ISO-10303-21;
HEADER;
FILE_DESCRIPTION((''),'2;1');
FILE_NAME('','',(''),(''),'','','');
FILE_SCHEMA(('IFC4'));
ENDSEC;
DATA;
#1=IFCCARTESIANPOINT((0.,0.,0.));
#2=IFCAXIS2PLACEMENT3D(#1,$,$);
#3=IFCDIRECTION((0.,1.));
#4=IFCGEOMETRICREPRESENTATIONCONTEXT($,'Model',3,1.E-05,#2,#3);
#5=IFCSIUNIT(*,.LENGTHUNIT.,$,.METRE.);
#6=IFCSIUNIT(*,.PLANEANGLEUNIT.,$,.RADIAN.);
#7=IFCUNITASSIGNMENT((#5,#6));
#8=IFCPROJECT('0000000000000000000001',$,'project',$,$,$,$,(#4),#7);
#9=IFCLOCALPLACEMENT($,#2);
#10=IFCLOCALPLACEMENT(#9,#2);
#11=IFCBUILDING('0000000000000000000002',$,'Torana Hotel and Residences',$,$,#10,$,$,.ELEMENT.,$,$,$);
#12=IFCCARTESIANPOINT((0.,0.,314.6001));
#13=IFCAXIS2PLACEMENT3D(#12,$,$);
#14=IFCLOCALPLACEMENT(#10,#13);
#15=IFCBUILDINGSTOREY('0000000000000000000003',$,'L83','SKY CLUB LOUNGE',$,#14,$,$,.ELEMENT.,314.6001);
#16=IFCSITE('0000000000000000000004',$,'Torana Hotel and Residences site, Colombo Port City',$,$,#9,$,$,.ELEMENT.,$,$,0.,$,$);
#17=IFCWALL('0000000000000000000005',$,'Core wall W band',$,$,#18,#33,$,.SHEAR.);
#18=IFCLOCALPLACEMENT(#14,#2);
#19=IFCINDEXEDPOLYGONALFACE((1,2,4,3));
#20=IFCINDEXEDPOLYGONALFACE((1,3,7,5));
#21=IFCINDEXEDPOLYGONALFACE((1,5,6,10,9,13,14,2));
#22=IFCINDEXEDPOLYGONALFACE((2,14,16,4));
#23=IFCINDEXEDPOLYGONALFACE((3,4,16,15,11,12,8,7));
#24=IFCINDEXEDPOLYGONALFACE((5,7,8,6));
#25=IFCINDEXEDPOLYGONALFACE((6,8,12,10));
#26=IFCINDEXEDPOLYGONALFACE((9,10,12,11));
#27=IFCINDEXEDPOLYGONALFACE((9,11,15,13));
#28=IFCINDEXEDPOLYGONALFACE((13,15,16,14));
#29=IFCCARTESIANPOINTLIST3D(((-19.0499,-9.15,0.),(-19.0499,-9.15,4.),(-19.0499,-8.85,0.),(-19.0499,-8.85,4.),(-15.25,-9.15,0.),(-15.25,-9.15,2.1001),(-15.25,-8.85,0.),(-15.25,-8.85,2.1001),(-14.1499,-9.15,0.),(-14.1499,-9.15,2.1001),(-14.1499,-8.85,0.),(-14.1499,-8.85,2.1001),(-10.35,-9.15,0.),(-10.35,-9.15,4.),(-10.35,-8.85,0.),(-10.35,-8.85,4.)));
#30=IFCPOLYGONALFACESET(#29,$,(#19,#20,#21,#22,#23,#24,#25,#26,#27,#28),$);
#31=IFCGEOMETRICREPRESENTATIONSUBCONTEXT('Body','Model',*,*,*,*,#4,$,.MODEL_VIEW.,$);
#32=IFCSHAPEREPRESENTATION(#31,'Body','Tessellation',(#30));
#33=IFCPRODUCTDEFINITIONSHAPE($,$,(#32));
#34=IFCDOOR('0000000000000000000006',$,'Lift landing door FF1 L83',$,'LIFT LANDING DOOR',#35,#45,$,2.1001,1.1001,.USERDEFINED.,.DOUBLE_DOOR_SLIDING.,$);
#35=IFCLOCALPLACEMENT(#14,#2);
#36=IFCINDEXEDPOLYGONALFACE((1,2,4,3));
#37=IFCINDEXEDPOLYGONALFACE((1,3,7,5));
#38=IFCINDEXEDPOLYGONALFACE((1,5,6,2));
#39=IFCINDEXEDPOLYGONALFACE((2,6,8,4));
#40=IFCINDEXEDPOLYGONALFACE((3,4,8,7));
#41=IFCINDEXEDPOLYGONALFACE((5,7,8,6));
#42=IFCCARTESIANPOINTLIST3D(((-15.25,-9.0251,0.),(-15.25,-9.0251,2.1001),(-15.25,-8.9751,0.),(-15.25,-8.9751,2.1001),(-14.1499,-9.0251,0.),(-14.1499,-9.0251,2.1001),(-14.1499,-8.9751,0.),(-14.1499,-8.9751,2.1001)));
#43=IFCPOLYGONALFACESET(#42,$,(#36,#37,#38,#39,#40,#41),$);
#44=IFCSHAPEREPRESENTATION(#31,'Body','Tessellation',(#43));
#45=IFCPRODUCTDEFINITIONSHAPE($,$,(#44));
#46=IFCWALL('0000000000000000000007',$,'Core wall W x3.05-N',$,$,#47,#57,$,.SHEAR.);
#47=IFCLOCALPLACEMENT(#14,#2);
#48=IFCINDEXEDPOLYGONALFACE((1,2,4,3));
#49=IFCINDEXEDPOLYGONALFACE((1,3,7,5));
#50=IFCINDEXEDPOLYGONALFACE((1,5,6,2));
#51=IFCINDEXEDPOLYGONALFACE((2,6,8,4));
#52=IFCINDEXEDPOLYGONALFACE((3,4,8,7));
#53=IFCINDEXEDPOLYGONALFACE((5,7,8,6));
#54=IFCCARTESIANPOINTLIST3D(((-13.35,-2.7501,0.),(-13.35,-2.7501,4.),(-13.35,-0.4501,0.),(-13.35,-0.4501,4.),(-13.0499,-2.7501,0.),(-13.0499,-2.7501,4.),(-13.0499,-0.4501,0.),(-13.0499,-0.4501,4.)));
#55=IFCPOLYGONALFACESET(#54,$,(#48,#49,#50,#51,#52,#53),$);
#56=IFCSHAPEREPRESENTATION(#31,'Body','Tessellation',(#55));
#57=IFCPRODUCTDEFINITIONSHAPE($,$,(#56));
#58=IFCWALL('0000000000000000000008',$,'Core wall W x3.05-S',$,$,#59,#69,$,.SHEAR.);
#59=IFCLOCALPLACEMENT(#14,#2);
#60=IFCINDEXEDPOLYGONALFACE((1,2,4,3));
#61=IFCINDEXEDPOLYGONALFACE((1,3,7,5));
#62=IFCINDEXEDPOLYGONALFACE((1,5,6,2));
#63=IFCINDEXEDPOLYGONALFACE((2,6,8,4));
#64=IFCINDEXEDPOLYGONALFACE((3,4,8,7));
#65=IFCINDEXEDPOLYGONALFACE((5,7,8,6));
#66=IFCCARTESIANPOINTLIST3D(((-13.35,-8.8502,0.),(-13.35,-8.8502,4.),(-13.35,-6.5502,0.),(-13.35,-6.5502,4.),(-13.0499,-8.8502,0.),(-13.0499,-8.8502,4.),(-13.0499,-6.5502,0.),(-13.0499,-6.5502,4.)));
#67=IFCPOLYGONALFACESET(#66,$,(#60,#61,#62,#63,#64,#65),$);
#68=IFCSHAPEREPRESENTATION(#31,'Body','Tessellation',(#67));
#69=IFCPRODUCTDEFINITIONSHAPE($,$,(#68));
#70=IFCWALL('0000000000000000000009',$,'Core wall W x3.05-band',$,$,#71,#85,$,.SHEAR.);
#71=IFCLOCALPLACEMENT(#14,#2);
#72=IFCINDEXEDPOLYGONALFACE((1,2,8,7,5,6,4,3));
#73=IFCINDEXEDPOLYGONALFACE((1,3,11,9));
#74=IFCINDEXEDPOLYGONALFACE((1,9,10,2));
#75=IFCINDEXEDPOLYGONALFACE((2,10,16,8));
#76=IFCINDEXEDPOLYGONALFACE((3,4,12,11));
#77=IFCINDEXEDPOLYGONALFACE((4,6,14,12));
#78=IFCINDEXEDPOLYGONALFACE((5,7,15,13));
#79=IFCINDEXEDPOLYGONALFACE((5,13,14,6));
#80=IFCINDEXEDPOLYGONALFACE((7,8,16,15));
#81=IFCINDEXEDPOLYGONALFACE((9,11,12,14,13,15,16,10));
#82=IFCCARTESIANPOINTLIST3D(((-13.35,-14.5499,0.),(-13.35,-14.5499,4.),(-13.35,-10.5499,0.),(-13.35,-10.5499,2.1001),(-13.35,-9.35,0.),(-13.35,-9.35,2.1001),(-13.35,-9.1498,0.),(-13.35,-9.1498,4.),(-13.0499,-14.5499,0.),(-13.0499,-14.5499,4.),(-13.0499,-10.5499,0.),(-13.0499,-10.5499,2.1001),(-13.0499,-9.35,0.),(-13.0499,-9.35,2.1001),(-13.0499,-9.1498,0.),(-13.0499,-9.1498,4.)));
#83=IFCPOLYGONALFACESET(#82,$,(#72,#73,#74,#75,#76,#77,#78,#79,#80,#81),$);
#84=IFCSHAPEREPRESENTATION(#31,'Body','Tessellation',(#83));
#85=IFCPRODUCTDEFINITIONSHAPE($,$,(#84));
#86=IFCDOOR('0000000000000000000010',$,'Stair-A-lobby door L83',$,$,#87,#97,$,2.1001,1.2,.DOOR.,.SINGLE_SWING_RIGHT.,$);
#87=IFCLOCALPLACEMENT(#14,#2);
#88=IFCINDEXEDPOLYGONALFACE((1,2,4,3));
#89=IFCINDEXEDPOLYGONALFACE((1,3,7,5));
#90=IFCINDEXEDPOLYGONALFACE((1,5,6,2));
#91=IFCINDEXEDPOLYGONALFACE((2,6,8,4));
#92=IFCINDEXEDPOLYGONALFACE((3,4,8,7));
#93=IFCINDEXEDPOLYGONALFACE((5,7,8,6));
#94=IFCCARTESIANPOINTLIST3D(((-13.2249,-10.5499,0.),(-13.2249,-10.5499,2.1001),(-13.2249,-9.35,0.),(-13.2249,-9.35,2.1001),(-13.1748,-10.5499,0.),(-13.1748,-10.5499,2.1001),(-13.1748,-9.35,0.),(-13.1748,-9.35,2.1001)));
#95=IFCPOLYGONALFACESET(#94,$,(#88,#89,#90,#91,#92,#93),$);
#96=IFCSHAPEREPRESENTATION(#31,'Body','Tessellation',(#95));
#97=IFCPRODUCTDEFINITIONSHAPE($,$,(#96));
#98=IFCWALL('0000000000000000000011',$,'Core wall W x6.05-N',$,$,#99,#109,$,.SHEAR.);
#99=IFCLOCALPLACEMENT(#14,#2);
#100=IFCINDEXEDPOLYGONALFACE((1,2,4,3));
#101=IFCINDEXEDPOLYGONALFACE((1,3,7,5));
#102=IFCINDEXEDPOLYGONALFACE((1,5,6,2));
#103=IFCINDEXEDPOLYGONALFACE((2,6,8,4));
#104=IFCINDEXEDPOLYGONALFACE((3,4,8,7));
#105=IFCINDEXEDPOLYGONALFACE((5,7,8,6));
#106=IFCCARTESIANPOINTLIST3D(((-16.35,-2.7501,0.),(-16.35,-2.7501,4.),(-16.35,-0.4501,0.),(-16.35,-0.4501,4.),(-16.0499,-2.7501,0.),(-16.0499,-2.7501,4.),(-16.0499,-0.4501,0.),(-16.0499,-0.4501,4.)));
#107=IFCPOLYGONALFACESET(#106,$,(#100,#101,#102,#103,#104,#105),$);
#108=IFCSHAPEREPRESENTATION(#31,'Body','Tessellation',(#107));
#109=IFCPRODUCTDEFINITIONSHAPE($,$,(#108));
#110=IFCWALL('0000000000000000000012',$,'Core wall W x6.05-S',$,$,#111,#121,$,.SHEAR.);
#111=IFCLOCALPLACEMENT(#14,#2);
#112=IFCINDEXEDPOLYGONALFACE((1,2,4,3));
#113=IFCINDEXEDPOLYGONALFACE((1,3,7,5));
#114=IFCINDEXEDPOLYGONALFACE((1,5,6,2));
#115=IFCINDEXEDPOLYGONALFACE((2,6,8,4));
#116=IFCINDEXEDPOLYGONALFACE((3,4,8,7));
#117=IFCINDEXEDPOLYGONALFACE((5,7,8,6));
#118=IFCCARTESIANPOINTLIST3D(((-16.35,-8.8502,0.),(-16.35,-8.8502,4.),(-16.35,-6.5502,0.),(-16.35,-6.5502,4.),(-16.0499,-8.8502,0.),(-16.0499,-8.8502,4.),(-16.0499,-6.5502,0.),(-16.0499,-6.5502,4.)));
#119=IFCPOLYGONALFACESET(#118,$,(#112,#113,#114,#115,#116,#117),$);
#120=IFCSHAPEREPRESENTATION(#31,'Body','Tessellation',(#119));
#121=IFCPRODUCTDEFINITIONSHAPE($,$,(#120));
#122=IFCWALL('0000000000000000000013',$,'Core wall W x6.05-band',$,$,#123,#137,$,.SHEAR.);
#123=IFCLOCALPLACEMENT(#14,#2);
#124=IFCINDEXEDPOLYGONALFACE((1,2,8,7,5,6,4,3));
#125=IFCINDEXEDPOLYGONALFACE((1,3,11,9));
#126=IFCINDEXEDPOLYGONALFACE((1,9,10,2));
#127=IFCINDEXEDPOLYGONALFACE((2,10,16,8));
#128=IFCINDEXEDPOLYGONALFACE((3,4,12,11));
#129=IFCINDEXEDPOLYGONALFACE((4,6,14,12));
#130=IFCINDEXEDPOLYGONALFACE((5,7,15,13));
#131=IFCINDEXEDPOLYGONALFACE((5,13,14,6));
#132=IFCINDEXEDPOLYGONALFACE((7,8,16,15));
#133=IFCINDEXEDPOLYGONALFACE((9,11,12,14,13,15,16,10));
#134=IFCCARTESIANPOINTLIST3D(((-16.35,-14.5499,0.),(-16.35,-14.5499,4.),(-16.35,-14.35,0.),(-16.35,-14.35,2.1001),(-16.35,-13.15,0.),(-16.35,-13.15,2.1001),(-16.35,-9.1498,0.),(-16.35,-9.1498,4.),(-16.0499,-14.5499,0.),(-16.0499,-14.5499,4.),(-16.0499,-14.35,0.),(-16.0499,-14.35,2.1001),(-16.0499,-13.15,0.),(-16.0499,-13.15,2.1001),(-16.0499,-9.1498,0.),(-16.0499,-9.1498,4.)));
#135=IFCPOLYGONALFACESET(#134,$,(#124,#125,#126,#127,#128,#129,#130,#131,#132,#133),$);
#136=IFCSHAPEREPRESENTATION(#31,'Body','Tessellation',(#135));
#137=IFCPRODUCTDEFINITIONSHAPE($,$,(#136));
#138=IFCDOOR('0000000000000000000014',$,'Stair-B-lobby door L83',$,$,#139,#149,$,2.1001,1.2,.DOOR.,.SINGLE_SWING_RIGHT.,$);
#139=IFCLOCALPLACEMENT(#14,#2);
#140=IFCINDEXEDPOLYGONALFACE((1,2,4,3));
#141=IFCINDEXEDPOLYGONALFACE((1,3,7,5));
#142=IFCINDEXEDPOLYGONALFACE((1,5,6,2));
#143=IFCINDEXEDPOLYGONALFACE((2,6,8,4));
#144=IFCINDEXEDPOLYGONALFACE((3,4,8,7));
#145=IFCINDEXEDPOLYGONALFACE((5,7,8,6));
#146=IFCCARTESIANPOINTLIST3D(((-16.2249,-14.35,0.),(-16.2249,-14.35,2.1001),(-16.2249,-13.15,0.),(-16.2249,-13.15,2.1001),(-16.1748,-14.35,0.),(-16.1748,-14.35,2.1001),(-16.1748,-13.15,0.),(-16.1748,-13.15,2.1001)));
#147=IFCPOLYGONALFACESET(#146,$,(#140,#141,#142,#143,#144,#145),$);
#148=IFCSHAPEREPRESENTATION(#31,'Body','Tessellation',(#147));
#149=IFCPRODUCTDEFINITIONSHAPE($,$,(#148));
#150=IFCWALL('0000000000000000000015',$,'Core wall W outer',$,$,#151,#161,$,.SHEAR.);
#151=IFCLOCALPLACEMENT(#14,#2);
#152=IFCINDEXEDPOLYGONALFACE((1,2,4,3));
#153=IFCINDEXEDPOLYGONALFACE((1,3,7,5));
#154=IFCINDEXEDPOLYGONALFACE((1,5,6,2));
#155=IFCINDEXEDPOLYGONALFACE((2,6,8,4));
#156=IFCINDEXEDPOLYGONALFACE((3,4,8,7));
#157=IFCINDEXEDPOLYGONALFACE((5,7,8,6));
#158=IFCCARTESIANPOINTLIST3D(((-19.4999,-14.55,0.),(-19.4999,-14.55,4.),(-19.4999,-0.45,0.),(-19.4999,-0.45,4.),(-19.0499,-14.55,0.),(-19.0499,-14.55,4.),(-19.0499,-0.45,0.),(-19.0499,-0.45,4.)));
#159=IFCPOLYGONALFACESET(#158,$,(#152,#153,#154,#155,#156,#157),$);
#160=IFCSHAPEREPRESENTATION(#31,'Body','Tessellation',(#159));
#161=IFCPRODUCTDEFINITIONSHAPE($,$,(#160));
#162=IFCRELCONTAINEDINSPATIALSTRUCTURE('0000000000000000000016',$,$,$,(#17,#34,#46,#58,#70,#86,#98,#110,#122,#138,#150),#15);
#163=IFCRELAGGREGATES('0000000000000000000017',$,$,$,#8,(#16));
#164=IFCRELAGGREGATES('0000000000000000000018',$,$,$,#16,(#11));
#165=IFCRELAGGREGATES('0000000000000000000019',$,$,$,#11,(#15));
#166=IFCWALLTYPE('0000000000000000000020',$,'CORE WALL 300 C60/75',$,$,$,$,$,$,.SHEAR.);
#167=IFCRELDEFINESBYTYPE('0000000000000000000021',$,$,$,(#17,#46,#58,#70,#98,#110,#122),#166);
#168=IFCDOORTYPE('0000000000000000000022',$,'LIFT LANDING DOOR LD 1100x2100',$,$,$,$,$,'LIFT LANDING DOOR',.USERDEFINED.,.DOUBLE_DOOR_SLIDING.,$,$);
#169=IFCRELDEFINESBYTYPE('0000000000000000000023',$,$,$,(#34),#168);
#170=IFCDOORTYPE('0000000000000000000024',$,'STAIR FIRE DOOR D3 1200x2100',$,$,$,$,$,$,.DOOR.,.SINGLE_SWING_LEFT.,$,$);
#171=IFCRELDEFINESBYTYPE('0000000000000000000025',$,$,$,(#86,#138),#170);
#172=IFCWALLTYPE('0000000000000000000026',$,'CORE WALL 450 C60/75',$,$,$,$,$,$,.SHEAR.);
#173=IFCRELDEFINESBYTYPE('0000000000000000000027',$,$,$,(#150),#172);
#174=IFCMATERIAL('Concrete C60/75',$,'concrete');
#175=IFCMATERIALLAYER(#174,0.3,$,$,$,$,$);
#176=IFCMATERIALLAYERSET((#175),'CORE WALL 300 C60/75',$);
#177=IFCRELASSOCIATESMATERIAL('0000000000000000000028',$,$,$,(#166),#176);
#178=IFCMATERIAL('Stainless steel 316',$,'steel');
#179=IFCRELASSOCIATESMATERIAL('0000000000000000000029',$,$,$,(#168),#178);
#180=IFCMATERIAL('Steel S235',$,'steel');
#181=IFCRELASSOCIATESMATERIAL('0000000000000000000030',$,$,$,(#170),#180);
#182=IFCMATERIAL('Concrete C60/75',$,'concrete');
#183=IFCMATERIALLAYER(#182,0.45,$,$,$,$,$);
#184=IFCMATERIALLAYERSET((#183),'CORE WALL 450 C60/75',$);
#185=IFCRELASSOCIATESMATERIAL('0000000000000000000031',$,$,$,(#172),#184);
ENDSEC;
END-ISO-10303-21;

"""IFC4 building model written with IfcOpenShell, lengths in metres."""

from ifc_helpers import new_model, si_unit, direction, frame, frame_2d, origin, place, context, subcontext, project, spatial, rectangle, extrude, material, layer, layer_set, type_object, element, fill, save


model = new_model("IFC4")

# Units and contexts
model_context = context("Model", 3, precision=1e-05, world=origin(), true_north=direction((0.0, 1.0)))
body_context = subcontext(model_context, "Body", "Model", "MODEL_VIEW")
ifc_project = project(units=[si_unit("LENGTHUNIT", "METRE"), si_unit("PLANEANGLEUNIT", "RADIAN")], contexts=[model_context])

# Site, building, storey
site_placement = place(None, origin())
site = spatial("IfcSite", under=ifc_project, at=site_placement, Name="Torana Hotel and Residences site, Colombo Port City", CompositionType="ELEMENT", RefElevation=0.0)
building_placement = place(site_placement, origin())
building = spatial("IfcBuilding", under=site, at=building_placement, Name="Torana Hotel and Residences", CompositionType="ELEMENT")
storey_placement = place(building_placement, frame((0.0, 0.0, 314.6001)))
storey = spatial("IfcBuildingStorey", under=building, at=storey_placement, Name="L83", Description="SKY CLUB LOUNGE", CompositionType="ELEMENT", Elevation=314.6001)

# Shared definitions
ifc_material_1 = material(Name="Concrete C60/75", Category="concrete")
ifc_layer_1 = layer(ifc_material_1, 0.3)
ifc_layer_set_1 = layer_set([ifc_layer_1], Name="CORE WALL 300 C60/75")
wall_type_1 = type_object("IfcWallType", Name="CORE WALL 300 C60/75", PredefinedType="SHEAR", material=ifc_layer_set_1)
ifc_material_2 = material(Name="Stainless steel 316", Category="steel")
door_type_1 = type_object("IfcDoorType", Name="LIFT LANDING DOOR LD 1100x2100", ElementType="LIFT LANDING DOOR", OperationType="DOUBLE_DOOR_SLIDING", PredefinedType="USERDEFINED", material=ifc_material_2)

# Wall, opening, door
wall_1_placement = place(storey_placement, frame((-19.05, -9.0, 0.0), z_axis=(0.0, 0.0, 1.0), x_axis=(1.0, 0.0, 0.0)))
wall_1 = element("IfcWall", 1, at=wall_1_placement, inside=storey, type_object=wall_type_1, Name="Core wall W band", PredefinedType="SHEAR", context=body_context, shape_type="SweptSolid", body=[
    extrude(rectangle(XDim=8.7, YDim=0.3, at=frame_2d((4.3501, 0.0))), origin(), (0.0, 0.0, 1.0), 4.0),
])
opening_1_placement = place(wall_1_placement, frame((3.8, 0.0, 0.0)))
opening_1 = element("IfcOpeningElement", 2, at=opening_1_placement, cuts=wall_1, PredefinedType="OPENING", context=body_context, shape_type="SweptSolid", body=[
    extrude(rectangle(XDim=1.1001, YDim=2.1001, at=frame_2d((0.55, 1.05))), frame((0.0, 0.1599, 0.0), z_axis=(0.0, -1.0, 0.0), x_axis=(1.0, 0.0, 0.0)), (0.0, 0.0, 1.0), 0.3201),
])
door_1_placement = place(opening_1_placement, origin())
door_1 = element("IfcDoor", 3, at=door_1_placement, inside=storey, type_object=door_type_1, Name="Lift landing door FF1 L83", ObjectType="LIFT LANDING DOOR", OperationType="DOUBLE_DOOR_SLIDING", OverallHeight=2.1001, OverallWidth=1.1001, PredefinedType="USERDEFINED", context=body_context, shape_type="SweptSolid", body=[
    extrude(rectangle(XDim=1.1001, YDim=2.1001, at=frame_2d((0.55, 1.05))), frame((0.0, 0.0249, 0.0), z_axis=(0.0, -1.0, 0.0), x_axis=(1.0, 0.0, 0.0)), (0.0, 0.0, 1.0), 0.05),
])
fill(opening_1, door_1)

# Walls
for number, where, z_axis, x_axis, name in (
    (4, (-13.2, -2.75, 0.0), (0.0, 0.0, 1.0), (0.0, 1.0, 0.0), "Core wall W x3.05-N"),
    (5, (-13.2, -8.8501, 0.0), (0.0, 0.0, 1.0), (0.0, 1.0, 0.0), "Core wall W x3.05-S"),
):
    element("IfcWall", number, at=place(storey_placement, frame(where, z_axis=z_axis, x_axis=x_axis)), inside=storey, type_object=wall_type_1, Name=name, PredefinedType="SHEAR", context=body_context, shape_type="SweptSolid", body=[
        extrude(rectangle(XDim=2.3, YDim=0.3, at=frame_2d((1.1499, 0.0))), origin(), (0.0, 0.0, 1.0), 4.0),
    ])

# Wall, opening, door
wall_2_placement = place(storey_placement, frame((-13.2, -14.55, 0.0), z_axis=(0.0, 0.0, 1.0), x_axis=(0.0, 1.0, 0.0)))
wall_2 = element("IfcWall", 6, at=wall_2_placement, inside=storey, type_object=wall_type_1, Name="Core wall W x3.05-band", PredefinedType="SHEAR", context=body_context, shape_type="SweptSolid", body=[
    extrude(rectangle(XDim=5.4001, YDim=0.3, at=frame_2d((2.7002, 0.0))), origin(), (0.0, 0.0, 1.0), 4.0),
])
opening_2_placement = place(wall_2_placement, frame((4.0, 0.0, 0.0)))
opening_2 = element("IfcOpeningElement", 7, at=opening_2_placement, cuts=wall_2, PredefinedType="OPENING", context=body_context, shape_type="SweptSolid", body=[
    extrude(rectangle(XDim=1.2, YDim=2.1001, at=frame_2d((0.6001, 1.05))), frame((0.0, 0.1599, 0.0), z_axis=(0.0, -1.0, 0.0), x_axis=(1.0, 0.0, 0.0)), (0.0, 0.0, 1.0), 0.3201),
])
ifc_material_3 = material(Name="Steel S235", Category="steel")
door_type_2 = type_object("IfcDoorType", Name="STAIR FIRE DOOR D3 1200x2100", OperationType="SINGLE_SWING_LEFT", PredefinedType="DOOR", material=ifc_material_3)
door_2_placement = place(opening_2_placement, frame((0.6001, 0.0, 0.0), z_axis=(0.0, 0.0, 1.0), x_axis=(-1.0, 0.0, 0.0)))
door_2 = element("IfcDoor", 8, at=door_2_placement, inside=storey, type_object=door_type_2, Name="Stair-A-lobby door L83", OperationType="SINGLE_SWING_RIGHT", OverallHeight=2.1001, OverallWidth=1.2, PredefinedType="DOOR", context=body_context, shape_type="SweptSolid", body=[
    extrude(rectangle(XDim=1.2, YDim=2.1001, at=frame_2d((0.0, 1.05))), frame((0.0, -0.0249, 0.0), z_axis=(0.0, 1.0, 0.0), x_axis=(-1.0, 0.0, 0.0)), (0.0, 0.0, 1.0), 0.05),
])
fill(opening_2, door_2)

# Walls
for number, where, z_axis, x_axis, name in (
    (9, (-16.2, -2.75, 0.0), (0.0, 0.0, 1.0), (0.0, 1.0, 0.0), "Core wall W x6.05-N"),
    (10, (-16.2, -8.8501, 0.0), (0.0, 0.0, 1.0), (0.0, 1.0, 0.0), "Core wall W x6.05-S"),
):
    element("IfcWall", number, at=place(storey_placement, frame(where, z_axis=z_axis, x_axis=x_axis)), inside=storey, type_object=wall_type_1, Name=name, PredefinedType="SHEAR", context=body_context, shape_type="SweptSolid", body=[
        extrude(rectangle(XDim=2.3, YDim=0.3, at=frame_2d((1.1499, 0.0))), origin(), (0.0, 0.0, 1.0), 4.0),
    ])

# Wall, opening, door
wall_3_placement = place(storey_placement, frame((-16.2, -14.55, 0.0), z_axis=(0.0, 0.0, 1.0), x_axis=(0.0, 1.0, 0.0)))
wall_3 = element("IfcWall", 11, at=wall_3_placement, inside=storey, type_object=wall_type_1, Name="Core wall W x6.05-band", PredefinedType="SHEAR", context=body_context, shape_type="SweptSolid", body=[
    extrude(rectangle(XDim=5.4001, YDim=0.3, at=frame_2d((2.7002, 0.0))), origin(), (0.0, 0.0, 1.0), 4.0),
])
opening_3_placement = place(wall_3_placement, frame((0.2, 0.0, 0.0)))
opening_3 = element("IfcOpeningElement", 12, at=opening_3_placement, cuts=wall_3, PredefinedType="OPENING", context=body_context, shape_type="SweptSolid", body=[
    extrude(rectangle(XDim=1.2, YDim=2.1001, at=frame_2d((0.6001, 1.05))), frame((0.0, 0.1599, 0.0), z_axis=(0.0, -1.0, 0.0), x_axis=(1.0, 0.0, 0.0)), (0.0, 0.0, 1.0), 0.3201),
])
door_3_placement = place(opening_3_placement, origin())
door_3 = element("IfcDoor", 13, at=door_3_placement, inside=storey, type_object=door_type_2, Name="Stair-B-lobby door L83", OperationType="SINGLE_SWING_RIGHT", OverallHeight=2.1001, OverallWidth=1.2, PredefinedType="DOOR", context=body_context, shape_type="SweptSolid", body=[
    extrude(rectangle(XDim=1.2, YDim=2.1001, at=frame_2d((0.6001, 1.05))), frame((0.0, 0.0249, 0.0), z_axis=(0.0, -1.0, 0.0), x_axis=(1.0, 0.0, 0.0)), (0.0, 0.0, 1.0), 0.05),
])
fill(opening_3, door_3)

# Wall
ifc_material_4 = material(Name="Concrete C60/75", Category="concrete")
ifc_layer_2 = layer(ifc_material_4, 0.45)
ifc_layer_set_2 = layer_set([ifc_layer_2], Name="CORE WALL 450 C60/75")
wall_type_2 = type_object("IfcWallType", Name="CORE WALL 450 C60/75", PredefinedType="SHEAR", material=ifc_layer_set_2)
wall_4_placement = place(storey_placement, frame((-19.2749, -14.55, 0.0), z_axis=(0.0, 0.0, 1.0), x_axis=(0.0, 1.0, 0.0)))
element("IfcWall", 14, at=wall_4_placement, inside=storey, type_object=wall_type_2, Name="Core wall W outer", PredefinedType="SHEAR", context=body_context, shape_type="SweptSolid", body=[
    extrude(rectangle(XDim=14.1001, YDim=0.45, at=frame_2d((7.05, 0.0))), origin(), (0.0, 0.0, 1.0), 4.0),
])

save(model, "model.ifc")
